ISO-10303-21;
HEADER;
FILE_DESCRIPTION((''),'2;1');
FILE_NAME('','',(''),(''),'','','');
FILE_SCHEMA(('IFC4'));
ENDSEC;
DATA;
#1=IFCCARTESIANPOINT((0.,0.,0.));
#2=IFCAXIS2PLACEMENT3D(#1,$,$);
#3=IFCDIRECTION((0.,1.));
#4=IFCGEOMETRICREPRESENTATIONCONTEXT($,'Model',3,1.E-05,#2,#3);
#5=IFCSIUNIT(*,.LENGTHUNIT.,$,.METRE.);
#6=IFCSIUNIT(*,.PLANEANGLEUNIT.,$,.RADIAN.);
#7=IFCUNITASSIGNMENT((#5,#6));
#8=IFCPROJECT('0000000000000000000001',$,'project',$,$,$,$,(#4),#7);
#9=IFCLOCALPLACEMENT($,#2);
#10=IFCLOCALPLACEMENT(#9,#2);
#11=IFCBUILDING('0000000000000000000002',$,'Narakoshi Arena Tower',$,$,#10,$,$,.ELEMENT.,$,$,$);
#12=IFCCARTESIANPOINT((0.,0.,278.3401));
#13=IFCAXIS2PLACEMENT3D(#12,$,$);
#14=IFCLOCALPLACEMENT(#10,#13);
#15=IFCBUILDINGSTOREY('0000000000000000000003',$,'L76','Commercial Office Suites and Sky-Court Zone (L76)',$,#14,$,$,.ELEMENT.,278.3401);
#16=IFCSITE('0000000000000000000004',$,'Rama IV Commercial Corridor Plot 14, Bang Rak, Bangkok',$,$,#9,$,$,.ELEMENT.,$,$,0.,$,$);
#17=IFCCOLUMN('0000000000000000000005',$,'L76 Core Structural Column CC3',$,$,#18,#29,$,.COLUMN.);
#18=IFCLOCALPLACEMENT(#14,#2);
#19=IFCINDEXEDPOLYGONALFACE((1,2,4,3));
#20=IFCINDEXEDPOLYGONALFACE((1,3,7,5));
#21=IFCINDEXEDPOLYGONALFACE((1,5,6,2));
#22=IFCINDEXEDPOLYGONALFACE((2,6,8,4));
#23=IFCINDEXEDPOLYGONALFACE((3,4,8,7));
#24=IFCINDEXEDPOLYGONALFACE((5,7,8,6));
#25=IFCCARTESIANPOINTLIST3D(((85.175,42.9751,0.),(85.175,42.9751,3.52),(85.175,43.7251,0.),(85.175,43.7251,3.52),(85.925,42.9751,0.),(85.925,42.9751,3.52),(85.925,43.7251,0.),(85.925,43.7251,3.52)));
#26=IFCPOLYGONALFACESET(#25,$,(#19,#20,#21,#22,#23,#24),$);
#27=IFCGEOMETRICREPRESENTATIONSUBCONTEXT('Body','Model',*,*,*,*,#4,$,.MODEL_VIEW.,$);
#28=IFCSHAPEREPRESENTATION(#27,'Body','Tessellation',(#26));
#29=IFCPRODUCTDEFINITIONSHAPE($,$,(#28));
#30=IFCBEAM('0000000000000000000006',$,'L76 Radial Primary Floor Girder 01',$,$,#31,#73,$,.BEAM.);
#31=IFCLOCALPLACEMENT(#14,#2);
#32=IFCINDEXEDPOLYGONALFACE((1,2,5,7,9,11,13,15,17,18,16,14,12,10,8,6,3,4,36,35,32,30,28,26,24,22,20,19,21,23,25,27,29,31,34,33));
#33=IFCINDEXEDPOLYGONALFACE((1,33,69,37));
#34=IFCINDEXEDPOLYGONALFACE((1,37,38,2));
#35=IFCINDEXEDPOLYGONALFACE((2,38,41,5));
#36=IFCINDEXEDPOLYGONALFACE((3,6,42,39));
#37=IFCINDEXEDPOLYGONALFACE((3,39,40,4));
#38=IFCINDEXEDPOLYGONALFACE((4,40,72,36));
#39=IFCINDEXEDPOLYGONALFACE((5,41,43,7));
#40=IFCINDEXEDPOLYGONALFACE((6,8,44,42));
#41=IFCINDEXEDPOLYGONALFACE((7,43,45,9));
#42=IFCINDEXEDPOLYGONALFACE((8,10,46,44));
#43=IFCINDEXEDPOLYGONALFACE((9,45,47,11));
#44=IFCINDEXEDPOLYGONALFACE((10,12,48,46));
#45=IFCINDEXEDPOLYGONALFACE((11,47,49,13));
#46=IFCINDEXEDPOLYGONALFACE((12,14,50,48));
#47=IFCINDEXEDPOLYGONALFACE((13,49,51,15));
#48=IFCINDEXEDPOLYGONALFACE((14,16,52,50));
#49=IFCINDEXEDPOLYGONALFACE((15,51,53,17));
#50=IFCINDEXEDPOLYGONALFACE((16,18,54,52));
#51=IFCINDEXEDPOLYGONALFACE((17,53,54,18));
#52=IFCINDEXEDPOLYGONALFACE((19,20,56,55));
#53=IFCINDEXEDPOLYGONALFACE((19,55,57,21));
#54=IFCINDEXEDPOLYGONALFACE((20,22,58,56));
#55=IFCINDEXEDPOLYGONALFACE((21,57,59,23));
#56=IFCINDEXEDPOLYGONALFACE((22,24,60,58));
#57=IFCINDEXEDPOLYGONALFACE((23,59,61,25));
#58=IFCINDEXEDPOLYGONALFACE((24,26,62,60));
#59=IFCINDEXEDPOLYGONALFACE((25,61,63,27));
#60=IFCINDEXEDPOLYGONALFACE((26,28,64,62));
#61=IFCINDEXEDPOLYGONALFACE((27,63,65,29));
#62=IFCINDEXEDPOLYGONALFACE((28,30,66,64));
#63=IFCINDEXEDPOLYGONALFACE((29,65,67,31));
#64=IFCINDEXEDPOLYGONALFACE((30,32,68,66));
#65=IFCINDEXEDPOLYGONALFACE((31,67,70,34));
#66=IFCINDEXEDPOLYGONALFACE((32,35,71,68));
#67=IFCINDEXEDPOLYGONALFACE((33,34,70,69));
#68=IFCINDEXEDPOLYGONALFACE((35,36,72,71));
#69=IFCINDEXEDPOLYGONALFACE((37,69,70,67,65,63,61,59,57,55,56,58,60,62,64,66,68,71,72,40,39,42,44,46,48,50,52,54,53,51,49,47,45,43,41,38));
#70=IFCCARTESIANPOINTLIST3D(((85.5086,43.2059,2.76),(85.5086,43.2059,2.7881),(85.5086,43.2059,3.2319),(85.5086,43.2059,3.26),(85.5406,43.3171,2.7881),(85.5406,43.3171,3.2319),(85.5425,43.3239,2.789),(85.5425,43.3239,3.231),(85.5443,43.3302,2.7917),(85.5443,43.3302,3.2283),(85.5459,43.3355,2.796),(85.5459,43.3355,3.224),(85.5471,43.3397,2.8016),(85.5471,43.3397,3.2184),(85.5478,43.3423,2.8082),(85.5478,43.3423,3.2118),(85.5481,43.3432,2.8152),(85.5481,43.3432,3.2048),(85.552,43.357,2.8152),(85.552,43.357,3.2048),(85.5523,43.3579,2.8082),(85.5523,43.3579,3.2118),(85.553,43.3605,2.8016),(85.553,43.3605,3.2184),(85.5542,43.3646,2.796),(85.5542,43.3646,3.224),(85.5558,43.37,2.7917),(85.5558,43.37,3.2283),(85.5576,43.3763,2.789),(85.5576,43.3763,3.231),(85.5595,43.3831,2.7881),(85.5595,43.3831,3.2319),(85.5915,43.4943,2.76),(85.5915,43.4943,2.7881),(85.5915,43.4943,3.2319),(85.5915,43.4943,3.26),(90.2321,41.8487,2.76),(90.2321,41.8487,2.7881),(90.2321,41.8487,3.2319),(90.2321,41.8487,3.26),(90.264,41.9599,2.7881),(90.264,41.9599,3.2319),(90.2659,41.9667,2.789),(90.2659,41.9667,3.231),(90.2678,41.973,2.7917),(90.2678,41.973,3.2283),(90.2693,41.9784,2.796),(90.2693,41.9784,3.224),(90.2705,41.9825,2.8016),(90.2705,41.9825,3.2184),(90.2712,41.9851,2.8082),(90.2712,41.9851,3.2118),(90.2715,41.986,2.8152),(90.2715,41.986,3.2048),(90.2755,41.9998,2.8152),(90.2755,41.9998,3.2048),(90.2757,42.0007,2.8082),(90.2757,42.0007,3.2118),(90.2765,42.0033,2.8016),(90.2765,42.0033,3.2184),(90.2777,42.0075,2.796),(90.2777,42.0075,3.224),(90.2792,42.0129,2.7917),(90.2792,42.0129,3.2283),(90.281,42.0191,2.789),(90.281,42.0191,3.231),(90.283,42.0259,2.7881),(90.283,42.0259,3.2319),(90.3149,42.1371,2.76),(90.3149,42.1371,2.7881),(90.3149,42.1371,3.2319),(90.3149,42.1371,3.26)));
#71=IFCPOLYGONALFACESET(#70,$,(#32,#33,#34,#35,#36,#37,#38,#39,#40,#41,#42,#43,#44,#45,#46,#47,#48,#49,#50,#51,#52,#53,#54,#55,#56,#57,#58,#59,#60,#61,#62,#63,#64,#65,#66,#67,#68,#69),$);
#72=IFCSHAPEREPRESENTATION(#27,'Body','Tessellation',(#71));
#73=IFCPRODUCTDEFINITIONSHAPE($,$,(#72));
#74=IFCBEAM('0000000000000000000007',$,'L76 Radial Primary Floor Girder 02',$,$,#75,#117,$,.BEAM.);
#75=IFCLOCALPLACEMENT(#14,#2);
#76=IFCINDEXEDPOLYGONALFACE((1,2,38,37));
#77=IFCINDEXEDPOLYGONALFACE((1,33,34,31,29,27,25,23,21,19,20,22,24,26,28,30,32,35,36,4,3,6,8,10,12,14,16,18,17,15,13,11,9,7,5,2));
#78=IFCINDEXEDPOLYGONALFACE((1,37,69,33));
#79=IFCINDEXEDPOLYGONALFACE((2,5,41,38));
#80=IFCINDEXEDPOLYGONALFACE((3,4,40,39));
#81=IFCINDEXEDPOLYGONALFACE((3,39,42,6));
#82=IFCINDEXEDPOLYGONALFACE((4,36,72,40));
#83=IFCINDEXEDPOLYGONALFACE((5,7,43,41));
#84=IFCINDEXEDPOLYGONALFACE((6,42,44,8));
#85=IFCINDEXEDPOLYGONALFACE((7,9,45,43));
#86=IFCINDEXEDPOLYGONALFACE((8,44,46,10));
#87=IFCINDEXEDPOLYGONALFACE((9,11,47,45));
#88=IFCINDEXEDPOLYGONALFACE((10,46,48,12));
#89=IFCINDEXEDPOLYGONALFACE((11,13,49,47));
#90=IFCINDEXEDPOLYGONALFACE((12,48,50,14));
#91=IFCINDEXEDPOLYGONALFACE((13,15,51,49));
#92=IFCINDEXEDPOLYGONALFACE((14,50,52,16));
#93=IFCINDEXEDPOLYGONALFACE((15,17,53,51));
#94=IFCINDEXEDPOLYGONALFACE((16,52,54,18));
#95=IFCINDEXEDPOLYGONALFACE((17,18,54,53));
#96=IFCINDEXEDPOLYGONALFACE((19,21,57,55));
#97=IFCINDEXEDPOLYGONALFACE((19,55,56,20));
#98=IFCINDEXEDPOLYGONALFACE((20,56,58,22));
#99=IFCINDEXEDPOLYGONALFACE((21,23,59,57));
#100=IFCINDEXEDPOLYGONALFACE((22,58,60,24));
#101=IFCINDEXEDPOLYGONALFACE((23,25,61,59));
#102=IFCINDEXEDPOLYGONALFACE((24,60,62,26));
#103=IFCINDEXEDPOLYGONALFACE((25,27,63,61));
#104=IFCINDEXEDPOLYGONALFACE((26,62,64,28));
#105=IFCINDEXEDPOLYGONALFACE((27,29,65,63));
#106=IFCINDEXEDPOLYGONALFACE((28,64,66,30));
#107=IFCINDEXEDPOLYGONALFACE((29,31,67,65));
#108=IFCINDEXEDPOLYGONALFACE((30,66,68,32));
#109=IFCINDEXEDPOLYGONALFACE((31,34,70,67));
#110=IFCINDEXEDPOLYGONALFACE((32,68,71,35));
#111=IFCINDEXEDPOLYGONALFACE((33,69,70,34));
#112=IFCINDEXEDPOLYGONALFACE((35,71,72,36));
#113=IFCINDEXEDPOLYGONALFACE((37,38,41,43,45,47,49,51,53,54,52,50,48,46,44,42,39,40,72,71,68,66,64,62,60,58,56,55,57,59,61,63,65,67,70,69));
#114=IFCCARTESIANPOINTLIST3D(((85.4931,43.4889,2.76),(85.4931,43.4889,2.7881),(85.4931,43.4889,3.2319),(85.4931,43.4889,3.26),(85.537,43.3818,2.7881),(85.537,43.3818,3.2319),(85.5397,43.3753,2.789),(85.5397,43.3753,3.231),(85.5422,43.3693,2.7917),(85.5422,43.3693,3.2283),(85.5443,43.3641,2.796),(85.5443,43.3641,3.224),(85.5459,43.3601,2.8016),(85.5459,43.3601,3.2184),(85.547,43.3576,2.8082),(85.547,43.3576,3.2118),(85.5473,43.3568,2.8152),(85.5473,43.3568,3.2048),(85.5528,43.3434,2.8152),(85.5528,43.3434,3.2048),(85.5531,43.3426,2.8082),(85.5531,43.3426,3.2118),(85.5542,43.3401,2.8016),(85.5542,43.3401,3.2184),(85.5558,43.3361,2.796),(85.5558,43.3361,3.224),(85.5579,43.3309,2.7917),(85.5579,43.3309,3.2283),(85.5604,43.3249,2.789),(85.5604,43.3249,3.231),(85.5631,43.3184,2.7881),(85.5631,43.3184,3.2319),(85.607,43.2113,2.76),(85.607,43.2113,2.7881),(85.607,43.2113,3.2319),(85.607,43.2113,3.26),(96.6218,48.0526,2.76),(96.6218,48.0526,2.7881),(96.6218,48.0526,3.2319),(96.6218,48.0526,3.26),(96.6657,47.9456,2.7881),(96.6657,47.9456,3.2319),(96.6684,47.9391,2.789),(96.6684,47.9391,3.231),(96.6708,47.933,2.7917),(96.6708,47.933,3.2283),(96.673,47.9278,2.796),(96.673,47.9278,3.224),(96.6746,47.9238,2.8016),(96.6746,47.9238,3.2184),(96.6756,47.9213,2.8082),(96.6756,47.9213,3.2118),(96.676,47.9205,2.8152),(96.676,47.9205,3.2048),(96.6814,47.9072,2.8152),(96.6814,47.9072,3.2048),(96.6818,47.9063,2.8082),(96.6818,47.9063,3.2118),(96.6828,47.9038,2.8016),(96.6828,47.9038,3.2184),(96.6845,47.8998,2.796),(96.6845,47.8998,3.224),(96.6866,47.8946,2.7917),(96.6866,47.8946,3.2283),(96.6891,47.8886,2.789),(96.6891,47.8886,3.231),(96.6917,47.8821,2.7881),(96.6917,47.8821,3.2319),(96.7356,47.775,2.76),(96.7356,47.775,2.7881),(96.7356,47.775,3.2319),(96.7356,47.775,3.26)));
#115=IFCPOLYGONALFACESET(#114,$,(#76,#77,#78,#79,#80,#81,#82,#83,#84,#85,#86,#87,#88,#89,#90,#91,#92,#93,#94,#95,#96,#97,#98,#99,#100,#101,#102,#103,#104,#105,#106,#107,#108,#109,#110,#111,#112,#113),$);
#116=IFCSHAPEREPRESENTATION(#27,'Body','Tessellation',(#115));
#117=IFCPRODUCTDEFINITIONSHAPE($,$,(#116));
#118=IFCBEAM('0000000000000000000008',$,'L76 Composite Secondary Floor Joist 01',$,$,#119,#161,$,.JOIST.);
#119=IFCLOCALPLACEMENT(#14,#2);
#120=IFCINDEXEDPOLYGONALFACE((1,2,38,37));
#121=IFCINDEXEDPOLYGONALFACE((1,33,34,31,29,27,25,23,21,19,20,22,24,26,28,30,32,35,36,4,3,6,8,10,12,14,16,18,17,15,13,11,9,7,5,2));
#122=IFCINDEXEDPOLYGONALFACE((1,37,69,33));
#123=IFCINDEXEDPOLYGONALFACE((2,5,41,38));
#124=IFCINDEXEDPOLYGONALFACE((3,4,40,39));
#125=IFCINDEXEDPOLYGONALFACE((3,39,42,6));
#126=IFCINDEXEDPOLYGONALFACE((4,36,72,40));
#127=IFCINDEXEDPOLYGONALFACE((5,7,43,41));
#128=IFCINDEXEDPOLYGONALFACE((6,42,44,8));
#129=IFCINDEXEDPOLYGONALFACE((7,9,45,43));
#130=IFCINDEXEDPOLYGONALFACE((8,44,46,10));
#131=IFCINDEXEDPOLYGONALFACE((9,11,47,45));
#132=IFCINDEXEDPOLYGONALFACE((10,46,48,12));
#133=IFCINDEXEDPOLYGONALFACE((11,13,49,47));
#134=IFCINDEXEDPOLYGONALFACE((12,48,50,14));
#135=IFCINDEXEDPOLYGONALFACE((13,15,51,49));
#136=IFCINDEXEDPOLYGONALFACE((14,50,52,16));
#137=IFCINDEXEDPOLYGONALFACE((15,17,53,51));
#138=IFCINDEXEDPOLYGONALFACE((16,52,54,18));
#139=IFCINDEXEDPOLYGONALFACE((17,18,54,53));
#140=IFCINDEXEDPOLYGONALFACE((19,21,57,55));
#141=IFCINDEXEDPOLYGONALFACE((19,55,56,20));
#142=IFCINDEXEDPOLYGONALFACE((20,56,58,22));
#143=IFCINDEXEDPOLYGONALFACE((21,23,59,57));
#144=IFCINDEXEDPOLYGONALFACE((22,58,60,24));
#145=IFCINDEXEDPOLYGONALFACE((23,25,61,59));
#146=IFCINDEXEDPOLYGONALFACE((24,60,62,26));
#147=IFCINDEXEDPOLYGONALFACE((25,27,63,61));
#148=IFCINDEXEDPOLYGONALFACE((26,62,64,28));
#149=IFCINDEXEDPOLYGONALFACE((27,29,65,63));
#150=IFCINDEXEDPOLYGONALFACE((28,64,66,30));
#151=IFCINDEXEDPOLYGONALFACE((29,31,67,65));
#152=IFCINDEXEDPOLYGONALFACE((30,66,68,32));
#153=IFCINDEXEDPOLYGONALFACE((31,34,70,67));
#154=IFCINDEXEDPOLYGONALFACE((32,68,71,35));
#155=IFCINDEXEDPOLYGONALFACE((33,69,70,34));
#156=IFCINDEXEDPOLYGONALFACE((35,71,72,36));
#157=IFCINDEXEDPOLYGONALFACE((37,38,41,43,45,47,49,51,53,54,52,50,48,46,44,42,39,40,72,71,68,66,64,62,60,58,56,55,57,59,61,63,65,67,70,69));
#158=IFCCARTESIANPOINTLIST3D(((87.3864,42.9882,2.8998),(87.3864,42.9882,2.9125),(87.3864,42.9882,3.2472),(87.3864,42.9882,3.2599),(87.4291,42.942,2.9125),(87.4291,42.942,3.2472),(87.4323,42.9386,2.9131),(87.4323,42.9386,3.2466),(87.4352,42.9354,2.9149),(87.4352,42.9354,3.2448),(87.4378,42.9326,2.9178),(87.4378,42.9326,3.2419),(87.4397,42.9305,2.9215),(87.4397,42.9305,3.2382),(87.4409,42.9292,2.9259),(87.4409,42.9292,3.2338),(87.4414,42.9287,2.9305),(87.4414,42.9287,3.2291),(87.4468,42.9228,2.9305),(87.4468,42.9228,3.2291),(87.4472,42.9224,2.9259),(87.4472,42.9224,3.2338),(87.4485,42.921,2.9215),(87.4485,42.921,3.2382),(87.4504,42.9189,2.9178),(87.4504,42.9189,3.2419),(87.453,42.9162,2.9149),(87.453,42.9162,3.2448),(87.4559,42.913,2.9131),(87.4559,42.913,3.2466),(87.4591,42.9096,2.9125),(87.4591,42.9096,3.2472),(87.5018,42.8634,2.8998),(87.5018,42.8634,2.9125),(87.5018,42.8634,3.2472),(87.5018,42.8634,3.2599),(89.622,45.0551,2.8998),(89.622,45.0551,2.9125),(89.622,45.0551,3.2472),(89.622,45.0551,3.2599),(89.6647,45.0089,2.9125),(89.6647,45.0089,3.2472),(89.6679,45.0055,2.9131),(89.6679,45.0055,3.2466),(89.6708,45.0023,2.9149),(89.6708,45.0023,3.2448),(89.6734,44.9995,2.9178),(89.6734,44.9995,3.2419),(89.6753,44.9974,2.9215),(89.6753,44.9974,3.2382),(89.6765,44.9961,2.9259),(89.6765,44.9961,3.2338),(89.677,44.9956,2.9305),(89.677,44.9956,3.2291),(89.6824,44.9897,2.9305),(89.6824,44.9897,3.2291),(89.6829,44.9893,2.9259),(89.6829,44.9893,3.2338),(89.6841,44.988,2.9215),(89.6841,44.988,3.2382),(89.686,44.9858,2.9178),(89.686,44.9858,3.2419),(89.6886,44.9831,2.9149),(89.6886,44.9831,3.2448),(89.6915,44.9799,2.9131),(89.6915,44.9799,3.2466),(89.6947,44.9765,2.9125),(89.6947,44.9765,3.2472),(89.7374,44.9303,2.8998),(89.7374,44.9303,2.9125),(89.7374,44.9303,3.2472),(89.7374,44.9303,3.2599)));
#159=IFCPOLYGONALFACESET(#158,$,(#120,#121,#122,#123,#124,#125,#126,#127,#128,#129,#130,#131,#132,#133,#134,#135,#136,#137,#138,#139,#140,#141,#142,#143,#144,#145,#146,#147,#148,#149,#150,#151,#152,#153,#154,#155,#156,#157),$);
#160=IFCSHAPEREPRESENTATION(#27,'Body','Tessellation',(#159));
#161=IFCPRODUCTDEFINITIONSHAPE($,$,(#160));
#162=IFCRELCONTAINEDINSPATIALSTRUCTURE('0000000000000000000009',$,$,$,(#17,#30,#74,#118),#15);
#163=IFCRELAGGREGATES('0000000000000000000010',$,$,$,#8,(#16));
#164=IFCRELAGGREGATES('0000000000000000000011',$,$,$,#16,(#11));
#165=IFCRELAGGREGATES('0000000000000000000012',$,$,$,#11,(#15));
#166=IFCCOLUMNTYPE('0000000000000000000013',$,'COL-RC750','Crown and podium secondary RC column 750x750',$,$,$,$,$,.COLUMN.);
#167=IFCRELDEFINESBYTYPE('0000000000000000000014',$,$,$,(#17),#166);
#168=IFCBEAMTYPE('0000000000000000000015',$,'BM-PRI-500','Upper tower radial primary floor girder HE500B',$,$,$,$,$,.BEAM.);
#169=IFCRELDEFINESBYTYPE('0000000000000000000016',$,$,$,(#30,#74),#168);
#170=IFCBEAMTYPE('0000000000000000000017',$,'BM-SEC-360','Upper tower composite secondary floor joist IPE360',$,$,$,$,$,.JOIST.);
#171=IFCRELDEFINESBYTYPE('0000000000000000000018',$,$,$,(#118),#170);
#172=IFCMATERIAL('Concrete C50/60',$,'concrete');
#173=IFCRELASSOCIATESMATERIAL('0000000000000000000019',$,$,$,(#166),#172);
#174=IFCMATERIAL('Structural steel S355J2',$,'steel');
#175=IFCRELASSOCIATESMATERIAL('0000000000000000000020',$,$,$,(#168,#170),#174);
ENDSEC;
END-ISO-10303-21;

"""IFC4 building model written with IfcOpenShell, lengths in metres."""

from ifc_helpers import new_model, si_unit, direction, frame, origin, origin_2d, place, context, subcontext, project, spatial, rectangle, i_section, extrude, material, material_profile, profile_set, type_object, element, save


model = new_model("IFC4")

# Units and contexts
model_context = context("Model", 3, precision=1e-05, world=origin(), true_north=direction((0.0, 1.0)))
body_context = subcontext(model_context, "Body", "Model", "MODEL_VIEW")
ifc_project = project(units=[si_unit("LENGTHUNIT", "METRE"), si_unit("PLANEANGLEUNIT", "RADIAN")], contexts=[model_context])

# Site, building, storey
site_placement = place(None, origin())
site = spatial("IfcSite", under=ifc_project, at=site_placement, Name="Rama IV Commercial Corridor Plot 14, Bang Rak, Bangkok", CompositionType="ELEMENT", RefElevation=0.0)
building_placement = place(site_placement, origin())
building = spatial("IfcBuilding", under=site, at=building_placement, Name="Narakoshi Arena Tower", CompositionType="ELEMENT")
storey_placement = place(building_placement, frame((0.0, 0.0, 278.3401)))
storey = spatial("IfcBuildingStorey", under=building, at=storey_placement, Name="L76", Description="Commercial Office Suites and Sky-Court Zone (L76)", CompositionType="ELEMENT", Elevation=278.3401)

# Column
ifc_material_1 = material(Name="Concrete C50/60", Category="concrete")
ifc_material_profile_1 = material_profile(ifc_material_1, rectangle(XDim=0.75, YDim=0.75, at=origin_2d()), Name="RC750x750")
ifc_profile_set_1 = profile_set([ifc_material_profile_1], Name="Concrete C50/60")
column_type = type_object("IfcColumnType", Name="COL-RC750", Description="Crown and podium secondary RC column 750x750", PredefinedType="COLUMN", material=ifc_profile_set_1)
column_placement = place(storey_placement, frame((85.55, 43.3501, 0.0), z_axis=(0.0, 0.0, 1.0), x_axis=(1.0, 0.0, 0.0)))
element("IfcColumn", 1, at=column_placement, inside=storey, type_object=column_type, Name="L76 Core Structural Column CC3", PredefinedType="COLUMN", context=body_context, shape_type="SweptSolid", body=[
    extrude(rectangle(XDim=0.75, YDim=0.75, at=origin_2d()), origin(), (0.0, 0.0, 1.0), 3.52),
])

# Beams
ifc_material_2 = material(Name="Structural steel S355J2", Category="steel")
ifc_material_profile_2 = material_profile(ifc_material_2, i_section(OverallWidth=0.3, OverallDepth=0.5, WebThickness=0.0144, FlangeThickness=0.0281, FilletRadius=0.0271, at=origin_2d()), Name="HE500B")
ifc_profile_set_2 = profile_set([ifc_material_profile_2], Name="Structural steel S355J2")
beam_type_1 = type_object("IfcBeamType", Name="BM-PRI-500", Description="Upper tower radial primary floor girder HE500B", PredefinedType="BEAM", material=ifc_profile_set_2)
beam_1_placement = place(storey_placement, frame((85.55, 43.3501, 3.01), z_axis=(0.961112, -0.276158, 0.0), x_axis=(0.276158, 0.961112, 0.0)))
element("IfcBeam", 2, at=beam_1_placement, inside=storey, type_object=beam_type_1, Name="L76 Radial Primary Floor Girder 01", PredefinedType="BEAM", context=body_context, shape_type="SweptSolid", body=[
    extrude(i_section(OverallWidth=0.3, OverallDepth=0.5, WebThickness=0.0144, FlangeThickness=0.0281, FilletRadius=0.0271, at=origin_2d()), origin(), (0.0, 0.0, 1.0), 4.9146),
])
beam_2_placement = place(storey_placement, frame((85.55, 43.3501, 3.01), z_axis=(0.925224, 0.379422, 0.0), x_axis=(-0.379422, 0.925224, 0.0)))
element("IfcBeam", 3, at=beam_2_placement, inside=storey, type_object=beam_type_1, Name="L76 Radial Primary Floor Girder 02", PredefinedType="BEAM", context=body_context, shape_type="SweptSolid", body=[
    extrude(i_section(OverallWidth=0.3, OverallDepth=0.5, WebThickness=0.0144, FlangeThickness=0.0281, FilletRadius=0.0271, at=origin_2d()), origin(), (0.0, 0.0, 1.0), 12.0281),
])
ifc_material_profile_3 = material_profile(ifc_material_2, i_section(OverallWidth=0.1699, OverallDepth=0.3601, WebThickness=0.0081, FlangeThickness=0.0127, FilletRadius=0.0181, at=origin_2d()), Name="IPE360")
ifc_profile_set_3 = profile_set([ifc_material_profile_3], Name="Structural steel S355J2")
beam_type_2 = type_object("IfcBeamType", Name="BM-SEC-360", Description="Upper tower composite secondary floor joist IPE360", PredefinedType="JOIST", material=ifc_profile_set_3)
beam_3_placement = place(storey_placement, frame((87.4441, 42.9258, 3.0798), z_axis=(0.734268, 0.678859, 0.0), x_axis=(-0.678859, 0.734268, 0.0)))
element("IfcBeam", 4, at=beam_3_placement, inside=storey, type_object=beam_type_2, Name="L76 Composite Secondary Floor Joist 01", PredefinedType="JOIST", context=body_context, shape_type="SweptSolid", body=[
    extrude(i_section(OverallWidth=0.1699, OverallDepth=0.3601, WebThickness=0.0081, FlangeThickness=0.0127, FilletRadius=0.0181, at=origin_2d()), origin(), (0.0, 0.0, 1.0), 3.0447),
])

save(model, "model.ifc")
